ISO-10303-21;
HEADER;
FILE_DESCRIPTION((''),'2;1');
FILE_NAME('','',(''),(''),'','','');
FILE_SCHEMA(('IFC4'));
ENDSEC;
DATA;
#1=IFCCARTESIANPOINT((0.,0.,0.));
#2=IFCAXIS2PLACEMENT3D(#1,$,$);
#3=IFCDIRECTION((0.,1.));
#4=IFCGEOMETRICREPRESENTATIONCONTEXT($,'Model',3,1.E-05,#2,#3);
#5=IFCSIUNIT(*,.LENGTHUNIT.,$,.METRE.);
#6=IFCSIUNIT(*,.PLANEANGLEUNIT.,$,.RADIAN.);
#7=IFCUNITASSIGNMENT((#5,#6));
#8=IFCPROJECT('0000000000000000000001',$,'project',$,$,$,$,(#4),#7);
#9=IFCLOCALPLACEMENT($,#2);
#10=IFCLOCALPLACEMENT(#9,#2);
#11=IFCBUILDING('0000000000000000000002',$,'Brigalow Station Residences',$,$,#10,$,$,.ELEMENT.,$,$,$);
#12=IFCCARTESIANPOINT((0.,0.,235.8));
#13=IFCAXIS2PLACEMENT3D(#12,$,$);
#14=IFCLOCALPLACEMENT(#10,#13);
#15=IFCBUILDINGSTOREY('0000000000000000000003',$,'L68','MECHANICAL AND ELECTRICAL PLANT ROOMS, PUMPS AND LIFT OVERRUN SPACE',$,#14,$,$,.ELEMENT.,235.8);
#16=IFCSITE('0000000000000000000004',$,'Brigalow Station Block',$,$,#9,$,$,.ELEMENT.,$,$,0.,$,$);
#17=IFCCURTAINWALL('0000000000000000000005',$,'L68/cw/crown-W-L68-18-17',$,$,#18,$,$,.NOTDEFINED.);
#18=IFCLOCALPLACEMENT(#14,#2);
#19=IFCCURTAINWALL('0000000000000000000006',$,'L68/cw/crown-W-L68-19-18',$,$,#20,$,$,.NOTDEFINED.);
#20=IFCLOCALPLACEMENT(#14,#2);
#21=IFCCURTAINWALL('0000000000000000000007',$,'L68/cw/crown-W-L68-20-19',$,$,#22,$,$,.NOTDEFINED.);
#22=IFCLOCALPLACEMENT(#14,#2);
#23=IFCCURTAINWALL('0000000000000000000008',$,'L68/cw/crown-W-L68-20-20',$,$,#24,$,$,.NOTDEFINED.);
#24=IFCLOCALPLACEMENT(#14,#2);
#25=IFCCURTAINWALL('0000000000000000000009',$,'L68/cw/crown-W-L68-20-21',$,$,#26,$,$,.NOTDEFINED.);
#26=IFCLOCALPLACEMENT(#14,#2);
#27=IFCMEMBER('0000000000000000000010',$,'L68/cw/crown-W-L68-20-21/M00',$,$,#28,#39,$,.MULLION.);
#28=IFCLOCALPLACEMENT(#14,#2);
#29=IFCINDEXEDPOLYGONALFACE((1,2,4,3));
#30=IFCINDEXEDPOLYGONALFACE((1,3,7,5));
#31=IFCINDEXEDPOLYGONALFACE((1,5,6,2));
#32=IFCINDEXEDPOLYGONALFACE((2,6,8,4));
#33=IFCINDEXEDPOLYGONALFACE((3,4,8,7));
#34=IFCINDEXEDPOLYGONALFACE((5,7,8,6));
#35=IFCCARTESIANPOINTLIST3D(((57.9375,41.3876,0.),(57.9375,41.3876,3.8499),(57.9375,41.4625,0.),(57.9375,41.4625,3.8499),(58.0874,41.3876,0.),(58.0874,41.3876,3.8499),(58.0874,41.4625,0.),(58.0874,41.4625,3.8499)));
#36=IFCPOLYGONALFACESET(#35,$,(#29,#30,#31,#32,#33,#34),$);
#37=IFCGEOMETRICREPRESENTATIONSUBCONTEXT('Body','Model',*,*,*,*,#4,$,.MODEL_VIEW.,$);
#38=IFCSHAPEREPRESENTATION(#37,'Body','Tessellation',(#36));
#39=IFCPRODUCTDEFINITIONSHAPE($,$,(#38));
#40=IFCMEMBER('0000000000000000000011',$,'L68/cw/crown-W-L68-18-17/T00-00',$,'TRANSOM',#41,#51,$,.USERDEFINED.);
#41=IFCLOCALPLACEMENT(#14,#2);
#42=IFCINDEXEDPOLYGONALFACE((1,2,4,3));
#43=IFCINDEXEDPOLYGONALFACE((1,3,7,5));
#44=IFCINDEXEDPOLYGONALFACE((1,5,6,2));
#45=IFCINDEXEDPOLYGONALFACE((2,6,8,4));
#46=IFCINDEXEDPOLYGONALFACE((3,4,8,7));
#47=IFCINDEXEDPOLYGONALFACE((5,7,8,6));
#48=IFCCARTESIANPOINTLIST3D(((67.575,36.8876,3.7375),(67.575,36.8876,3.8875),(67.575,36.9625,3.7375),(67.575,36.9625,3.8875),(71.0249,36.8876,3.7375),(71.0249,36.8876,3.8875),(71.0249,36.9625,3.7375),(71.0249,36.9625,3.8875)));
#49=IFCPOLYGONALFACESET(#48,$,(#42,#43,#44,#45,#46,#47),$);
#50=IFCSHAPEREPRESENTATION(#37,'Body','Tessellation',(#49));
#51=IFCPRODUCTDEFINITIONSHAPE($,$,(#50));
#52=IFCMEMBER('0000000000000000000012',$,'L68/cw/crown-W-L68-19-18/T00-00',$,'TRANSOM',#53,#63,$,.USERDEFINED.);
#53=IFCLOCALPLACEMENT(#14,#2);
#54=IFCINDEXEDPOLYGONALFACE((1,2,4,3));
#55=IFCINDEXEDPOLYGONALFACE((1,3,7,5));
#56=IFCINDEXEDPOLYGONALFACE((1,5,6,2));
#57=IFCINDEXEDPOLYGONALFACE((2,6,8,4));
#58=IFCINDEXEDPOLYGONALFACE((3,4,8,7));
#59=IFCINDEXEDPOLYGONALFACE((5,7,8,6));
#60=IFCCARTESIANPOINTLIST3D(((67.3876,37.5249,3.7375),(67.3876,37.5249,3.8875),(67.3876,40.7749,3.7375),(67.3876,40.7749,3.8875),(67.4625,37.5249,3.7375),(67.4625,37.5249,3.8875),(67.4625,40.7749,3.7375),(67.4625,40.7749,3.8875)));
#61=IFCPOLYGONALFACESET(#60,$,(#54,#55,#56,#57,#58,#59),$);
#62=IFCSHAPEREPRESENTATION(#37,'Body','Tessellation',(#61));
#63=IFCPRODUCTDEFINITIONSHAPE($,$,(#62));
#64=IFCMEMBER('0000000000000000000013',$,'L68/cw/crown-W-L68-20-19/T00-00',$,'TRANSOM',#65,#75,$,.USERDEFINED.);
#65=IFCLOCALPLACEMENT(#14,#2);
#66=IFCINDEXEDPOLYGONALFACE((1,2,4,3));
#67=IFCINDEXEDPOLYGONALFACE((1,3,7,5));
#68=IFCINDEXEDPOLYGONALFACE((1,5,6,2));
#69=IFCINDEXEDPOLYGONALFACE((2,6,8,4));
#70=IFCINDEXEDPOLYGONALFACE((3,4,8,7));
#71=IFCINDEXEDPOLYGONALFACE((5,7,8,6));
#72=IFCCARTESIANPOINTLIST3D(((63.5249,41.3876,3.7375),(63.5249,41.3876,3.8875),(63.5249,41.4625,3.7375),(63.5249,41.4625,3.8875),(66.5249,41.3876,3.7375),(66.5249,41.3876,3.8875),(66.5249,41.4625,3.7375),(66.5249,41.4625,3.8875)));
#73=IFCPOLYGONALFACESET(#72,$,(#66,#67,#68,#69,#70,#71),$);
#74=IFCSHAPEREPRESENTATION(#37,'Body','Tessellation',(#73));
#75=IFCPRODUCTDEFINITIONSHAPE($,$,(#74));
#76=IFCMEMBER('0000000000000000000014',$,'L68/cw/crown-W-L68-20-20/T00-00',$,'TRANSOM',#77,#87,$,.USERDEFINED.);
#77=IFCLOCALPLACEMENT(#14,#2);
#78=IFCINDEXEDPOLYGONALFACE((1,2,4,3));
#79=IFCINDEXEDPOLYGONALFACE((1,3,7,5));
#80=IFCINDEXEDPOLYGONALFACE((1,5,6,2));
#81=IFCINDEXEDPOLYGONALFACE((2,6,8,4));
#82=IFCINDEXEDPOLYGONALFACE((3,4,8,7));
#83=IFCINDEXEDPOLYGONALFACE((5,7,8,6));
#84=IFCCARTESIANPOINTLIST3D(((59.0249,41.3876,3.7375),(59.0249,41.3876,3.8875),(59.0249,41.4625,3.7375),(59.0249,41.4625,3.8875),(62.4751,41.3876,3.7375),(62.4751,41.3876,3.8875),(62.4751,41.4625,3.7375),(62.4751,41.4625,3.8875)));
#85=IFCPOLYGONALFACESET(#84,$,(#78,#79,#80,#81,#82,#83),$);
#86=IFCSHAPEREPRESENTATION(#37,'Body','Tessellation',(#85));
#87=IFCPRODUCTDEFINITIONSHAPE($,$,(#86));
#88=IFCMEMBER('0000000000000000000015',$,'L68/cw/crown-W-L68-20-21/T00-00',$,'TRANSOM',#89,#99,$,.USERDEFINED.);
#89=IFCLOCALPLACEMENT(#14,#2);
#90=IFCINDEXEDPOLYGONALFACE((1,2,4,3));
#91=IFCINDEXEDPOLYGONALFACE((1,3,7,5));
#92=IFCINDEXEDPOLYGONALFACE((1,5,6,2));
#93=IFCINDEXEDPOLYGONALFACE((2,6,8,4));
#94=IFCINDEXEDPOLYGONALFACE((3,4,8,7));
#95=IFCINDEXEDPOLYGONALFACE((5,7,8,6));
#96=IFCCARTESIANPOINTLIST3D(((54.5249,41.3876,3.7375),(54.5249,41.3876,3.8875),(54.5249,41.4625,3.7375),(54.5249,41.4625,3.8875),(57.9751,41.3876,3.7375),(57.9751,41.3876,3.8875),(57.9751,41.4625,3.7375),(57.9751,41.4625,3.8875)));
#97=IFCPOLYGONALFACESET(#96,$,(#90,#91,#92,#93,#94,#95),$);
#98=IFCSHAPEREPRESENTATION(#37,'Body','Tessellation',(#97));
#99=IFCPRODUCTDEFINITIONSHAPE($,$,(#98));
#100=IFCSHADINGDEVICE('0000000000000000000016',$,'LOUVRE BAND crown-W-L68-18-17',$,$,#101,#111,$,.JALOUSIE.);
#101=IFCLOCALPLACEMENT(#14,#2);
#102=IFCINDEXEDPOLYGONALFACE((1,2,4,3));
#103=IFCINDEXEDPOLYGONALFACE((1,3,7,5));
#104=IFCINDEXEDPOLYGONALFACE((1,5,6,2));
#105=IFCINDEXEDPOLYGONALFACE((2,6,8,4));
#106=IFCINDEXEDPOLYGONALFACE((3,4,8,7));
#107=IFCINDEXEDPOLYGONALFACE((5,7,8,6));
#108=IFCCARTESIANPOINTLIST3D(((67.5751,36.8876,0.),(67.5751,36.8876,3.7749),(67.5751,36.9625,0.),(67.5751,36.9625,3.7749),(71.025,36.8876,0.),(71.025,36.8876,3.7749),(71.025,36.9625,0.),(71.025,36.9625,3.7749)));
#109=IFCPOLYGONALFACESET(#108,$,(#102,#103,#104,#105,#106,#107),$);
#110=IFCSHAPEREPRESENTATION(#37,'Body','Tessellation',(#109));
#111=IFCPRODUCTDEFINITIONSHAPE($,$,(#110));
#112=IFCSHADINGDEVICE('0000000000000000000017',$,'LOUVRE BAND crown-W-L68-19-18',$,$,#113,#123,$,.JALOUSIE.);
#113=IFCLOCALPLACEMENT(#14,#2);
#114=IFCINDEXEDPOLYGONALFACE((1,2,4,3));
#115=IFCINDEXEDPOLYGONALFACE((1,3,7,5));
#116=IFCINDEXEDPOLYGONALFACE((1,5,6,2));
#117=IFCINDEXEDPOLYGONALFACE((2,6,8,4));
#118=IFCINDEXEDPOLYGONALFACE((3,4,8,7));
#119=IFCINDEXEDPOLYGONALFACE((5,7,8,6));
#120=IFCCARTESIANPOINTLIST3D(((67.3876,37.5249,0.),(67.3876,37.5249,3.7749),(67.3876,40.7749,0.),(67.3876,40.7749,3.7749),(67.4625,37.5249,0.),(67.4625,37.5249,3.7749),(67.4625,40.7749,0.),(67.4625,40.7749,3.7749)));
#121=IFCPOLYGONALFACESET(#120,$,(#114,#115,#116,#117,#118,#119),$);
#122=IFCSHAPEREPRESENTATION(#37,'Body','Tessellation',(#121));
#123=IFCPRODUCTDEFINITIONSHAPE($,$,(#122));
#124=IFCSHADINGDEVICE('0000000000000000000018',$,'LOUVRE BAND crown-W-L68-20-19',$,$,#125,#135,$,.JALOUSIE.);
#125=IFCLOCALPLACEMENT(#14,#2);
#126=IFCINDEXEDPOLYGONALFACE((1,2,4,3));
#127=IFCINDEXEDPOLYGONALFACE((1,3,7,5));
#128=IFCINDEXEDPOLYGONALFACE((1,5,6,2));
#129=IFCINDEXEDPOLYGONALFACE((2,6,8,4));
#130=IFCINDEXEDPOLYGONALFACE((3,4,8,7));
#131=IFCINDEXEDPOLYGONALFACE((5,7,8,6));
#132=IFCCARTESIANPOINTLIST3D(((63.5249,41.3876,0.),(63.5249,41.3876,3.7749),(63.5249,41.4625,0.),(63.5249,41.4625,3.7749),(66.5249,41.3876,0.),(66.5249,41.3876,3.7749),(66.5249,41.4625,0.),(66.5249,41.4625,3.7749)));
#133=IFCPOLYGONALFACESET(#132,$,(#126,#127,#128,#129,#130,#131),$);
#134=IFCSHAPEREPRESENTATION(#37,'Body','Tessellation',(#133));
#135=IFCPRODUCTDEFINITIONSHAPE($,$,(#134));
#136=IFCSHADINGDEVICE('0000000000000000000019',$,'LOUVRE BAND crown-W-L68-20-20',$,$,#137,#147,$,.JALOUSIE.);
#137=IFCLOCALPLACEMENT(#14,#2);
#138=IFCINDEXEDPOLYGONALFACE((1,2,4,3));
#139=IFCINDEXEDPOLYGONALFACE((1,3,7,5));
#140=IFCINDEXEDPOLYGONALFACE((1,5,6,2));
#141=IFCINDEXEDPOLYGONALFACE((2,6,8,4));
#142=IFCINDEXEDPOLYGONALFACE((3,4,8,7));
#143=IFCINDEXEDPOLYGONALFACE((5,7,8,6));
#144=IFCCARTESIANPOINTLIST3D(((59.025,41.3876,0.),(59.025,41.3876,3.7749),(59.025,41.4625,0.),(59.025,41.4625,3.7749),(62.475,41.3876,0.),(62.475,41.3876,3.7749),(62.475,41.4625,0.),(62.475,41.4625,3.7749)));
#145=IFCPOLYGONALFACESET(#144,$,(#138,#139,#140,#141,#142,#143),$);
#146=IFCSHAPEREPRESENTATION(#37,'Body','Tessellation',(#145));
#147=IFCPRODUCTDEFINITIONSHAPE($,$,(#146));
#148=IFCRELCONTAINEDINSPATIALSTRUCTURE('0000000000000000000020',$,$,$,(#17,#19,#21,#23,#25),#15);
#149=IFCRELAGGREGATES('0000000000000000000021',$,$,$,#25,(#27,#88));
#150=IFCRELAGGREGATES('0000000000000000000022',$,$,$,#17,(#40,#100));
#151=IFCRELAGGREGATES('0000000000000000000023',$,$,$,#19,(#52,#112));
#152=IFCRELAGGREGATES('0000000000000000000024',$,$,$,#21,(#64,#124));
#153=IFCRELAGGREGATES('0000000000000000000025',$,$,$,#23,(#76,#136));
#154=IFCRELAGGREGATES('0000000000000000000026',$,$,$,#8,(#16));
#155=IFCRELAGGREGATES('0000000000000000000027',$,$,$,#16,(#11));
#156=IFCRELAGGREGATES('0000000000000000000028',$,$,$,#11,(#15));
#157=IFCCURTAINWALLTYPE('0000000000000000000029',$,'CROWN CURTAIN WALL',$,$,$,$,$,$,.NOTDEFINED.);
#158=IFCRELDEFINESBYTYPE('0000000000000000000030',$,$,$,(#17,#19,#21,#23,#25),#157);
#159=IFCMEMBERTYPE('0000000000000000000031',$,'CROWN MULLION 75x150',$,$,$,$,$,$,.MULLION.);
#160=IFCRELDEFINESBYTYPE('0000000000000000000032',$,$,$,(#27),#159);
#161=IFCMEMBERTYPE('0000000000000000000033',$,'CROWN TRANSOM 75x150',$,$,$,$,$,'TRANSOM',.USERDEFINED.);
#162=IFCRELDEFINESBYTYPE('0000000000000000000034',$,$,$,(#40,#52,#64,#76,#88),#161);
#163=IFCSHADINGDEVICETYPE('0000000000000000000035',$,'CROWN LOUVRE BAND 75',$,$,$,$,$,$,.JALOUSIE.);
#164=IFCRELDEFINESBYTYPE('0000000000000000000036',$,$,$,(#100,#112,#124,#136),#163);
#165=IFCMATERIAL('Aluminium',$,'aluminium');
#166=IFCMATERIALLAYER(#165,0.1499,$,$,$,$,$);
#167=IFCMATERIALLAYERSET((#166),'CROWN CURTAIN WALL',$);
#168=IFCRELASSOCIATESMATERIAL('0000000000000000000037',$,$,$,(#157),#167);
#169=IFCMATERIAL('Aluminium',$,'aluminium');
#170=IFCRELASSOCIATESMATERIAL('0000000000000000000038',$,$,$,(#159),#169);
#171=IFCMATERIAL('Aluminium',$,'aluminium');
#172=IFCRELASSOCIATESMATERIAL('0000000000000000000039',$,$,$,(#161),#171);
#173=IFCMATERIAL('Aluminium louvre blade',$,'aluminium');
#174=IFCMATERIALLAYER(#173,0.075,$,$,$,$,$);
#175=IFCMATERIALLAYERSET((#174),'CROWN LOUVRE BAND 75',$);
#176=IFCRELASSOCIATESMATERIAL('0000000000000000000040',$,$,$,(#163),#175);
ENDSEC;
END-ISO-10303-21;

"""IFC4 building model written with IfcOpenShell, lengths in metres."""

from ifc_helpers import new_model, si_unit, direction, frame, origin, origin_2d, place, context, subcontext, project, spatial, rectangle, extrude, material, layer, layer_set, material_profile, profile_set, type_object, element, aggregate, save


model = new_model("IFC4")

# Units and contexts
model_context = context("Model", 3, precision=1e-05, world=origin(), true_north=direction((0.0, 1.0)))
body_context = subcontext(model_context, "Body", "Model", "MODEL_VIEW")
ifc_project = project(units=[si_unit("LENGTHUNIT", "METRE"), si_unit("PLANEANGLEUNIT", "RADIAN")], contexts=[model_context])

# Site, building, storey
site_placement = place(None, origin())
site = spatial("IfcSite", under=ifc_project, at=site_placement, Name="Brigalow Station Block", CompositionType="ELEMENT", RefElevation=0.0)
building_placement = place(site_placement, origin())
building = spatial("IfcBuilding", under=site, at=building_placement, Name="Brigalow Station Residences", CompositionType="ELEMENT")
storey_placement = place(building_placement, frame((0.0, 0.0, 235.8)))
storey = spatial("IfcBuildingStorey", under=building, at=storey_placement, Name="L68", Description="MECHANICAL AND ELECTRICAL PLANT ROOMS, PUMPS AND LIFT OVERRUN SPACE", CompositionType="ELEMENT", Elevation=235.8)

# Shared definitions
ifc_material_1 = material(Name="Aluminium", Category="aluminium")
ifc_layer_1 = layer(ifc_material_1, 0.1499)
ifc_layer_set_1 = layer_set([ifc_layer_1], Name="CROWN CURTAIN WALL")
curtain_wall_type = type_object("IfcCurtainWallType", Name="CROWN CURTAIN WALL", PredefinedType="NOTDEFINED", material=ifc_layer_set_1)
ifc_material_2 = material(Name="Aluminium", Category="aluminium")
ifc_material_profile_1 = material_profile(ifc_material_2, rectangle(XDim=0.075, YDim=0.1499, at=origin_2d()), Name="CROWN MULLION 75x150")
ifc_profile_set_1 = profile_set([ifc_material_profile_1], Name="Aluminium")
member_type_1 = type_object("IfcMemberType", Name="CROWN MULLION 75x150", PredefinedType="MULLION", material=ifc_profile_set_1)

# Curtain walls
curtain_wall_1_placement = place(storey_placement, origin())
curtain_wall_1 = element("IfcCurtainWall", 1, at=curtain_wall_1_placement, inside=storey, type_object=curtain_wall_type, Name="L68/cw/crown-W-L68-18-17", PredefinedType="NOTDEFINED")
curtain_wall_2_placement = place(storey_placement, origin())
curtain_wall_2 = element("IfcCurtainWall", 2, at=curtain_wall_2_placement, inside=storey, type_object=curtain_wall_type, Name="L68/cw/crown-W-L68-19-18", PredefinedType="NOTDEFINED")
curtain_wall_3_placement = place(storey_placement, origin())
curtain_wall_3 = element("IfcCurtainWall", 3, at=curtain_wall_3_placement, inside=storey, type_object=curtain_wall_type, Name="L68/cw/crown-W-L68-20-19", PredefinedType="NOTDEFINED")
curtain_wall_4_placement = place(storey_placement, origin())
curtain_wall_4 = element("IfcCurtainWall", 4, at=curtain_wall_4_placement, inside=storey, type_object=curtain_wall_type, Name="L68/cw/crown-W-L68-20-20", PredefinedType="NOTDEFINED")

# Curtain wall, member
curtain_wall_5_placement = place(storey_placement, origin())
curtain_wall_5 = element("IfcCurtainWall", 5, at=curtain_wall_5_placement, inside=storey, type_object=curtain_wall_type, Name="L68/cw/crown-W-L68-20-21", PredefinedType="NOTDEFINED")
member_1_placement = place(storey_placement, frame((58.0125, 41.425, 0.0), z_axis=(0.0, 0.0, 1.0), x_axis=(0.0, -1.0, 0.0)))
member_1 = element("IfcMember", 6, at=member_1_placement, type_object=member_type_1, Name="L68/cw/crown-W-L68-20-21/M00", PredefinedType="MULLION", context=body_context, shape_type="SweptSolid", body=[
    extrude(rectangle(XDim=0.075, YDim=0.1499, at=origin_2d()), origin(), (0.0, 0.0, 1.0), 3.8499),
])

# Members
ifc_material_3 = material(Name="Aluminium", Category="aluminium")
ifc_material_profile_2 = material_profile(ifc_material_3, rectangle(XDim=0.075, YDim=0.1499, at=origin_2d()), Name="CROWN TRANSOM 75x150")
ifc_profile_set_2 = profile_set([ifc_material_profile_2], Name="Aluminium")
member_type_2 = type_object("IfcMemberType", Name="CROWN TRANSOM 75x150", ElementType="TRANSOM", PredefinedType="USERDEFINED", material=ifc_profile_set_2)
member_2_placement = place(storey_placement, frame((71.0249, 36.925, 3.8125), z_axis=(-1.0, 0.0, 0.0), x_axis=(0.0, -1.0, 0.0)))
member_2 = element("IfcMember", 7, at=member_2_placement, type_object=member_type_2, Name="L68/cw/crown-W-L68-18-17/T00-00", ObjectType="TRANSOM", PredefinedType="USERDEFINED", context=body_context, shape_type="SweptSolid", body=[
    extrude(rectangle(XDim=0.075, YDim=0.1499, at=origin_2d()), origin(), (0.0, 0.0, 1.0), 3.45),
])
member_3_placement = place(storey_placement, frame((67.425, 37.5249, 3.8125), z_axis=(0.0, 1.0, 0.0), x_axis=(-1.0, 0.0, 0.0)))
member_3 = element("IfcMember", 8, at=member_3_placement, type_object=member_type_2, Name="L68/cw/crown-W-L68-19-18/T00-00", ObjectType="TRANSOM", PredefinedType="USERDEFINED", context=body_context, shape_type="SweptSolid", body=[
    extrude(rectangle(XDim=0.075, YDim=0.1499, at=origin_2d()), origin(), (0.0, 0.0, 1.0), 3.25),
])
member_4_placement = place(storey_placement, frame((66.5249, 41.425, 3.8125), z_axis=(-1.0, 0.0, 0.0), x_axis=(0.0, -1.0, 0.0)))
member_4 = element("IfcMember", 9, at=member_4_placement, type_object=member_type_2, Name="L68/cw/crown-W-L68-20-19/T00-00", ObjectType="TRANSOM", PredefinedType="USERDEFINED", context=body_context, shape_type="SweptSolid", body=[
    extrude(rectangle(XDim=0.075, YDim=0.1499, at=origin_2d()), origin(), (0.0, 0.0, 1.0), 3.0),
])
member_5_placement = place(storey_placement, frame((62.4751, 41.425, 3.8125), z_axis=(-1.0, 0.0, 0.0), x_axis=(0.0, -1.0, 0.0)))
member_5 = element("IfcMember", 10, at=member_5_placement, type_object=member_type_2, Name="L68/cw/crown-W-L68-20-20/T00-00", ObjectType="TRANSOM", PredefinedType="USERDEFINED", context=body_context, shape_type="SweptSolid", body=[
    extrude(rectangle(XDim=0.075, YDim=0.1499, at=origin_2d()), origin(), (0.0, 0.0, 1.0), 3.4502),
])
member_6_placement = place(storey_placement, frame((57.9751, 41.425, 3.8125), z_axis=(-1.0, 0.0, 0.0), x_axis=(0.0, -1.0, 0.0)))
member_6 = element("IfcMember", 11, at=member_6_placement, type_object=member_type_2, Name="L68/cw/crown-W-L68-20-21/T00-00", ObjectType="TRANSOM", PredefinedType="USERDEFINED", context=body_context, shape_type="SweptSolid", body=[
    extrude(rectangle(XDim=0.075, YDim=0.1499, at=origin_2d()), origin(), (0.0, 0.0, 1.0), 3.4502),
])
aggregate(curtain_wall_5, [member_1, member_6])

# Shading devices
ifc_material_4 = material(Name="Aluminium louvre blade", Category="aluminium")
ifc_layer_2 = layer(ifc_material_4, 0.075)
ifc_layer_set_2 = layer_set([ifc_layer_2], Name="CROWN LOUVRE BAND 75")
shading_device_type = type_object("IfcShadingDeviceType", Name="CROWN LOUVRE BAND 75", PredefinedType="JALOUSIE", material=ifc_layer_set_2)
shading_device_1_placement = place(storey_placement, frame((69.3, 36.925, 0.0), z_axis=(0.0, 0.0, 1.0), x_axis=(-1.0, 0.0, 0.0)))
shading_device_1 = element("IfcShadingDevice", 12, at=shading_device_1_placement, type_object=shading_device_type, Name="LOUVRE BAND crown-W-L68-18-17", PredefinedType="JALOUSIE", context=body_context, shape_type="SweptSolid", body=[
    extrude(rectangle(XDim=3.45, YDim=0.075, at=origin_2d()), origin(), (0.0, 0.0, 1.0), 3.7749),
])
aggregate(curtain_wall_1, [member_2, shading_device_1])
shading_device_2_placement = place(storey_placement, frame((67.425, 39.1499, 0.0), z_axis=(0.0, 0.0, 1.0), x_axis=(0.0, 1.0, 0.0)))
shading_device_2 = element("IfcShadingDevice", 13, at=shading_device_2_placement, type_object=shading_device_type, Name="LOUVRE BAND crown-W-L68-19-18", PredefinedType="JALOUSIE", context=body_context, shape_type="SweptSolid", body=[
    extrude(rectangle(XDim=3.25, YDim=0.075, at=origin_2d()), origin(), (0.0, 0.0, 1.0), 3.7749),
])
aggregate(curtain_wall_2, [member_3, shading_device_2])
shading_device_3_placement = place(storey_placement, frame((65.0249, 41.425, 0.0), z_axis=(0.0, 0.0, 1.0), x_axis=(-1.0, 0.0, 0.0)))
shading_device_3 = element("IfcShadingDevice", 14, at=shading_device_3_placement, type_object=shading_device_type, Name="LOUVRE BAND crown-W-L68-20-19", PredefinedType="JALOUSIE", context=body_context, shape_type="SweptSolid", body=[
    extrude(rectangle(XDim=3.0, YDim=0.075, at=origin_2d()), origin(), (0.0, 0.0, 1.0), 3.7749),
])
aggregate(curtain_wall_3, [member_4, shading_device_3])
shading_device_4_placement = place(storey_placement, frame((60.75, 41.425, 0.0), z_axis=(0.0, 0.0, 1.0), x_axis=(-1.0, 0.0, 0.0)))
shading_device_4 = element("IfcShadingDevice", 15, at=shading_device_4_placement, type_object=shading_device_type, Name="LOUVRE BAND crown-W-L68-20-20", PredefinedType="JALOUSIE", context=body_context, shape_type="SweptSolid", body=[
    extrude(rectangle(XDim=3.45, YDim=0.075, at=origin_2d()), origin(), (0.0, 0.0, 1.0), 3.7749),
])
aggregate(curtain_wall_4, [member_5, shading_device_4])

save(model, "model.ifc")
